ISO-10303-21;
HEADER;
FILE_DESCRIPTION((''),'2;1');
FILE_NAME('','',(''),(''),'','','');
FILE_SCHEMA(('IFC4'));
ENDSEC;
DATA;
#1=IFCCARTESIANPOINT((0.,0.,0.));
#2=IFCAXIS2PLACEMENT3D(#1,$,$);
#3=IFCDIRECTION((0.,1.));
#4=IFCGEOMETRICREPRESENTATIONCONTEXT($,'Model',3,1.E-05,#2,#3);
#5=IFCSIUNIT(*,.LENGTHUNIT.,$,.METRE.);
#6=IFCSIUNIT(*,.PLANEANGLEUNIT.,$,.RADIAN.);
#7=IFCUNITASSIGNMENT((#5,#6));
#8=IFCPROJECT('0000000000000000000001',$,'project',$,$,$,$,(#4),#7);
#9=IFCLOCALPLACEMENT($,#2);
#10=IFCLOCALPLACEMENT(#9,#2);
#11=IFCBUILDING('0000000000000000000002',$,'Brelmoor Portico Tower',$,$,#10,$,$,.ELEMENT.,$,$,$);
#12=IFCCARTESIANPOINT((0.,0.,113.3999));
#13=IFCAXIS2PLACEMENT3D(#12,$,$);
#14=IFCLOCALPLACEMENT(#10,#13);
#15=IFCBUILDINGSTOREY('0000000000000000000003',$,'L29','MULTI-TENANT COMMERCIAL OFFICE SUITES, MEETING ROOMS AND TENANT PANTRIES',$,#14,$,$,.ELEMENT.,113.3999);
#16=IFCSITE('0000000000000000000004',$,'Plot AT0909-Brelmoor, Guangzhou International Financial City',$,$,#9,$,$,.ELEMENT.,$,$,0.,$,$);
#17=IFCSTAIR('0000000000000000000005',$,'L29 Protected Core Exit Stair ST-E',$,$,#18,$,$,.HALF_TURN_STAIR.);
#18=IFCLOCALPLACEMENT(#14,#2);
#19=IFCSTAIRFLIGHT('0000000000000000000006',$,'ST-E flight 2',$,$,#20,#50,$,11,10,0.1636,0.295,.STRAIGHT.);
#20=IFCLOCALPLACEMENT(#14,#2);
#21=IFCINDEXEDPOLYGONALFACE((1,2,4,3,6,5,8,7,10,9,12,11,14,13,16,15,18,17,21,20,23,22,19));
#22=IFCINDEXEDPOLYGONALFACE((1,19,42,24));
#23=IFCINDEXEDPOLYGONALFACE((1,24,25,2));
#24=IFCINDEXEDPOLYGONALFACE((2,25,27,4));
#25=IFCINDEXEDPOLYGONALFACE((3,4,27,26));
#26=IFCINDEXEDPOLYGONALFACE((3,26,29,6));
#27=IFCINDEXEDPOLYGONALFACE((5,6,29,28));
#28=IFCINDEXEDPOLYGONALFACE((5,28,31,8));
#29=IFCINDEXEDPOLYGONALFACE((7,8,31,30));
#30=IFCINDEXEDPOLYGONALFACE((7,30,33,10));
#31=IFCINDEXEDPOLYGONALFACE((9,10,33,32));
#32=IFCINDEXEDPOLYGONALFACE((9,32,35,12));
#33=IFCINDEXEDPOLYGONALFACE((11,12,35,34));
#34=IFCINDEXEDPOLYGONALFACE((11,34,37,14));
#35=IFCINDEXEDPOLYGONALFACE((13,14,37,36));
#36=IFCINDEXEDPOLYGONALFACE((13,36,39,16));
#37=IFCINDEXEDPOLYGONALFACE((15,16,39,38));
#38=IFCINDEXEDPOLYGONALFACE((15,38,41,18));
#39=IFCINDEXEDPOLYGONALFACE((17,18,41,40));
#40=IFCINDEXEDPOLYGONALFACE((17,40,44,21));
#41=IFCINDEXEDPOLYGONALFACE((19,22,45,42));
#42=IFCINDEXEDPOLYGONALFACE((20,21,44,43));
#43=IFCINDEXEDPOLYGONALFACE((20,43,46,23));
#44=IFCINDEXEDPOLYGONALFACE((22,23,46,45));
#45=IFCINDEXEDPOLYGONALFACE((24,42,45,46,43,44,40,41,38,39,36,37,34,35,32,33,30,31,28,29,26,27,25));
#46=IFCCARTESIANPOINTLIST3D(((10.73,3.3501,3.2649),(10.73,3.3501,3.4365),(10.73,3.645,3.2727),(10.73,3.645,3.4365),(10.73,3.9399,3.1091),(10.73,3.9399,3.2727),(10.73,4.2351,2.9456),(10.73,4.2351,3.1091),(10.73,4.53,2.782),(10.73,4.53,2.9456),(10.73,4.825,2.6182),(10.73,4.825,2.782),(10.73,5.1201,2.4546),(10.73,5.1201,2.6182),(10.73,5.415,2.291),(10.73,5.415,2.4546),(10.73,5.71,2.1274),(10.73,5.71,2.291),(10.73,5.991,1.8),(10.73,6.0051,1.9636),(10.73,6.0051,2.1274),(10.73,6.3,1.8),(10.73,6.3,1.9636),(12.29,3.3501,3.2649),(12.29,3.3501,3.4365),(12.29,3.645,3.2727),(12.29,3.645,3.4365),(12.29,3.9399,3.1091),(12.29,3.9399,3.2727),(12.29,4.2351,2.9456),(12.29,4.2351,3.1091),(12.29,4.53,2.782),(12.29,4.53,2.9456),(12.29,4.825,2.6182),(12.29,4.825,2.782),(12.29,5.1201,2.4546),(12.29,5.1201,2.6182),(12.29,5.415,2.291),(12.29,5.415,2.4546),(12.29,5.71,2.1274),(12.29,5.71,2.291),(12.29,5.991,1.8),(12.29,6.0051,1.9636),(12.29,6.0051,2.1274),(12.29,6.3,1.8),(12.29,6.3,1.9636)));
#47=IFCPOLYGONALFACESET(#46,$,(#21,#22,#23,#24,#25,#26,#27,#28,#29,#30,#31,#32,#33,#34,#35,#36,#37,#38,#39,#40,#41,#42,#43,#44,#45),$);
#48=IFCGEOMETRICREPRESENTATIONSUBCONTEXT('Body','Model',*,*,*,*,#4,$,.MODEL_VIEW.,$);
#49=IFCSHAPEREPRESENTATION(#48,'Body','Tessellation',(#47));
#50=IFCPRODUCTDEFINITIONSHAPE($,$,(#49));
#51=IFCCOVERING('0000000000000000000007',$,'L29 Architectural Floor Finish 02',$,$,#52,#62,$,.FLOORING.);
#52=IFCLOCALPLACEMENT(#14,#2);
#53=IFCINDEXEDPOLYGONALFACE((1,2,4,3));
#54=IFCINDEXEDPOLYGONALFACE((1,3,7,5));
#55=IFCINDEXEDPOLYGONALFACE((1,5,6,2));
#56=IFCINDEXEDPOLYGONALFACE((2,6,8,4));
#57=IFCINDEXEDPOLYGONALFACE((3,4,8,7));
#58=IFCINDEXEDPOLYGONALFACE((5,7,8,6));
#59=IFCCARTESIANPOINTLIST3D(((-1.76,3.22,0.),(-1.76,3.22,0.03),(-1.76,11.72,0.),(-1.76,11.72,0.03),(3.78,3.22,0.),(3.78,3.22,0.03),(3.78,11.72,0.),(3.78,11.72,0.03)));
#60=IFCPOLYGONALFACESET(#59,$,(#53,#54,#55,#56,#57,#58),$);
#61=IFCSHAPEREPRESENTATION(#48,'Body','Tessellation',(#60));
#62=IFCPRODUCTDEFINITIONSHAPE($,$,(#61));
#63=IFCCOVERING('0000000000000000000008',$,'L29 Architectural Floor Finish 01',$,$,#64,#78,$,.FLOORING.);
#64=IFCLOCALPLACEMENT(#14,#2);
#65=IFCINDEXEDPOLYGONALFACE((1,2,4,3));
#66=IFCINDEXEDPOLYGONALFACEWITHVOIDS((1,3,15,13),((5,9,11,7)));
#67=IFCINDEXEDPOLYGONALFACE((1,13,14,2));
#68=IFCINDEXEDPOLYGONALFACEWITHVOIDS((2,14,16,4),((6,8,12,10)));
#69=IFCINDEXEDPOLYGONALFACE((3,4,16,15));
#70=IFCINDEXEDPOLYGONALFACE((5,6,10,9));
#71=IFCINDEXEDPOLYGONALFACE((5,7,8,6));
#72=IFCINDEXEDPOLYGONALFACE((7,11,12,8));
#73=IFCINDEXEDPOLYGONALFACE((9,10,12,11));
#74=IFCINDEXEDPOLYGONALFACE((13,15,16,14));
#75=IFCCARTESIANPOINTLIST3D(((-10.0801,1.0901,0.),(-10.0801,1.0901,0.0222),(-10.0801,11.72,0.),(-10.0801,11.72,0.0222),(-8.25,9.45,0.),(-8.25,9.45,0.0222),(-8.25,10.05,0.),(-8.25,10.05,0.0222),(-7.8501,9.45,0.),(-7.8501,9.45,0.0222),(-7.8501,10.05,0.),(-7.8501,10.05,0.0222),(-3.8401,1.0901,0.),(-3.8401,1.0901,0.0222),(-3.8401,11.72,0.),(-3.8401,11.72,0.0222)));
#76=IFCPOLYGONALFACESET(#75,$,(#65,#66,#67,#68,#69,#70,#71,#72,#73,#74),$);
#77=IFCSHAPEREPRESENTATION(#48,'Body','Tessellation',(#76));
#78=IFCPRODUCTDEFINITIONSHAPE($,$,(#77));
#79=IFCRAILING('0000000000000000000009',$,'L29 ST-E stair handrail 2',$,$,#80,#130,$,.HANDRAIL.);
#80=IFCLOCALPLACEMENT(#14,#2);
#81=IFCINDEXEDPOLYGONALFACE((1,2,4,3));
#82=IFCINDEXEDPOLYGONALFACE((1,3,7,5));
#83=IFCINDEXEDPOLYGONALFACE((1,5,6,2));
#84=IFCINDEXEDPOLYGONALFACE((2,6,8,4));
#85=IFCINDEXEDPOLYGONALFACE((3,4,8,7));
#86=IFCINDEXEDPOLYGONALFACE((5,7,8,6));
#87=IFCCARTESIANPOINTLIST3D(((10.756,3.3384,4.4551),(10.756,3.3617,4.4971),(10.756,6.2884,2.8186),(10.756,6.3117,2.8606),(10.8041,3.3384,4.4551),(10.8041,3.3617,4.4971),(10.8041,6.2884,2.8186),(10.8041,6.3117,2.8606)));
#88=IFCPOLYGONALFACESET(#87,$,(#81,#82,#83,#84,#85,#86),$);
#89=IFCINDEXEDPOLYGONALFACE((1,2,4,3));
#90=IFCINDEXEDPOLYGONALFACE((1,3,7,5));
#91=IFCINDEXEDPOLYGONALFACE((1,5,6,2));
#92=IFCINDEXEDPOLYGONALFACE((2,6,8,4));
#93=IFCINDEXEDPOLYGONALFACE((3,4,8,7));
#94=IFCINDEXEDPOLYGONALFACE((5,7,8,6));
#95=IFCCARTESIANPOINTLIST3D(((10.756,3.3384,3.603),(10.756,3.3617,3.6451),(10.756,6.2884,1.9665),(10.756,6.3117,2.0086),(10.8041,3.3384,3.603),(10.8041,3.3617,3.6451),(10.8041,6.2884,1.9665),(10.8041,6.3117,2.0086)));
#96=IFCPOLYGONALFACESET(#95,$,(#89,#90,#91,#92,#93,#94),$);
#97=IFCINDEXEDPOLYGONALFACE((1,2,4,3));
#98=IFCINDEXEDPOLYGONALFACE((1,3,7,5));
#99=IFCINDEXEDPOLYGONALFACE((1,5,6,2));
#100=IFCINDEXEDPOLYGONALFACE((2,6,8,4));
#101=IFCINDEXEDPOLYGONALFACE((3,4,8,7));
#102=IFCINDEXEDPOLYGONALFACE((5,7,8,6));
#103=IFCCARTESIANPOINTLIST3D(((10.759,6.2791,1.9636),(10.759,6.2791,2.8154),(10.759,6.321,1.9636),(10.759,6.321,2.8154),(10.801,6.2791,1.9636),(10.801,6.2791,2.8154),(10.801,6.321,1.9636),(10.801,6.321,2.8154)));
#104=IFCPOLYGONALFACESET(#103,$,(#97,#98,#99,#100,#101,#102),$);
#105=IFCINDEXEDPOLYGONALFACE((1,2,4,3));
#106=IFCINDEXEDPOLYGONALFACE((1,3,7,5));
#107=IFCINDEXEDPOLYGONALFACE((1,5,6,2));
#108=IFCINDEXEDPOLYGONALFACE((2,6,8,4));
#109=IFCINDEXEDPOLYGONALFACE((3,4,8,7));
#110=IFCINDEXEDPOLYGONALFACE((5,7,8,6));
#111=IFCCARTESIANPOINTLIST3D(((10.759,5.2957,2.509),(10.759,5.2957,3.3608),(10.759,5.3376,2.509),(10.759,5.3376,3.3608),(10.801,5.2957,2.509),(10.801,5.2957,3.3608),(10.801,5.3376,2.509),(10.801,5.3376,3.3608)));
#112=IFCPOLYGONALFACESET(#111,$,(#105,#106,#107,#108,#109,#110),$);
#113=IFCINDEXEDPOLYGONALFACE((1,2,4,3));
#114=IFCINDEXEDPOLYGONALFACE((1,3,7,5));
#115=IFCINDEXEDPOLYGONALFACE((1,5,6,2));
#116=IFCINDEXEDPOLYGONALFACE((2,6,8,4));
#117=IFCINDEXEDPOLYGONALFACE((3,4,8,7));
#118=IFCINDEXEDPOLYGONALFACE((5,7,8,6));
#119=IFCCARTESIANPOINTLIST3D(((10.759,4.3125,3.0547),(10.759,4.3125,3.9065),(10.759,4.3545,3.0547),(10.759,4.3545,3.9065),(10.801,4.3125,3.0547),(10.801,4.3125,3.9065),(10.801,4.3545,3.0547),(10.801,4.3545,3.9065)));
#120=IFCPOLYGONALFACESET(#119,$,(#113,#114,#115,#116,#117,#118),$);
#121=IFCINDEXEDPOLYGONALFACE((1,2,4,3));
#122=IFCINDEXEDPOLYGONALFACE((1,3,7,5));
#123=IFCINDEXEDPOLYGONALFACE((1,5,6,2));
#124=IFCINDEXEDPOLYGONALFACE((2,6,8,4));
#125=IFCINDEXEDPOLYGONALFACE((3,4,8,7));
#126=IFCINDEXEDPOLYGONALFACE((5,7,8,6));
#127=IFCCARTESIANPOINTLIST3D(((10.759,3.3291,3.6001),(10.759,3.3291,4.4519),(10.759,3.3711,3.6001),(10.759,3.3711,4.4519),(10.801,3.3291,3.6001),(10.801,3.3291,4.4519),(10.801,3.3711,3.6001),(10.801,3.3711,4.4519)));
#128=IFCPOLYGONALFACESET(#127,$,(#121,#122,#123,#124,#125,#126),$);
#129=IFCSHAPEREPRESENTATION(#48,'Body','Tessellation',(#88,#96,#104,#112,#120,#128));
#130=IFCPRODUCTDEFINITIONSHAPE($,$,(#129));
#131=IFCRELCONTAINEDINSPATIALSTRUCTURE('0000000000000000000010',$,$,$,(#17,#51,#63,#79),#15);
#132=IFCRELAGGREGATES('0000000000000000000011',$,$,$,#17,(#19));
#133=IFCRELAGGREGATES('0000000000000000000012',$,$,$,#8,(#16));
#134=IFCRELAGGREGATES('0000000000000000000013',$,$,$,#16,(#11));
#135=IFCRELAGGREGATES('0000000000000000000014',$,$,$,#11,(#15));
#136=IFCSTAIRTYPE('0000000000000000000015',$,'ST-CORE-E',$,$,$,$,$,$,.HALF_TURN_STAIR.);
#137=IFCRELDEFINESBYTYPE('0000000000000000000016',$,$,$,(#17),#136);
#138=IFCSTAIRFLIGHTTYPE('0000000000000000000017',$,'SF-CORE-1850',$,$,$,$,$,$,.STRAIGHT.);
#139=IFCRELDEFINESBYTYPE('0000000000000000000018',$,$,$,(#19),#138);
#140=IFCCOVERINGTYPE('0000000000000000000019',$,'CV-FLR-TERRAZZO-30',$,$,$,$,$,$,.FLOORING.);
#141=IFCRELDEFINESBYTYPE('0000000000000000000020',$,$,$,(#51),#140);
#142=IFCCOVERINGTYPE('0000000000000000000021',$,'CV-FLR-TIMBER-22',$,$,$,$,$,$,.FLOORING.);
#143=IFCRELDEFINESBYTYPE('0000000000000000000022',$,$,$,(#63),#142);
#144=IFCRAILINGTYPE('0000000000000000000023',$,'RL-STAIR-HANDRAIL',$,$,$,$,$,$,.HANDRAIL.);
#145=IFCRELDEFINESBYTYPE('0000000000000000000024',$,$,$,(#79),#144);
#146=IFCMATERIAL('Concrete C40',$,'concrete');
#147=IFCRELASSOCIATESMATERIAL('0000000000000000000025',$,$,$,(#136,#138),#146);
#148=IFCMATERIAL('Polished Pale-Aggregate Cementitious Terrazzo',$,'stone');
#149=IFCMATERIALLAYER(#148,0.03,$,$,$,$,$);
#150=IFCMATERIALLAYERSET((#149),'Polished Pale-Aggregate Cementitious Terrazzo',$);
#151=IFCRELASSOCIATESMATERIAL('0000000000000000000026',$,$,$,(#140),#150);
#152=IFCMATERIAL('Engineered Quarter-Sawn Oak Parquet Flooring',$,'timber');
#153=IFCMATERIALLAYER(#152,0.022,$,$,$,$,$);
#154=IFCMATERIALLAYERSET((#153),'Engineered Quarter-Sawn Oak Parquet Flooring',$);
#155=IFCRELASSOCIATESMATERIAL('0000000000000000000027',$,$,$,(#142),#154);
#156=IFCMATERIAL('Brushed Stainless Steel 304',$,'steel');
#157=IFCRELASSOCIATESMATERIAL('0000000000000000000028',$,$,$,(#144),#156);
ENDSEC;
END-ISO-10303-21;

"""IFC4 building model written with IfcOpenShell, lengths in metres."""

from ifc_helpers import new_model, si_unit, direction, frame, origin, origin_2d, place, context, subcontext, project, spatial, polyline, rectangle, outline, extrude, material, layer, layer_set, type_object, element, aggregate, save


model = new_model("IFC4")

# Units and contexts
model_context = context("Model", 3, precision=1e-05, world=origin(), true_north=direction((0.0, 1.0)))
body_context = subcontext(model_context, "Body", "Model", "MODEL_VIEW")
ifc_project = project(units=[si_unit("LENGTHUNIT", "METRE"), si_unit("PLANEANGLEUNIT", "RADIAN")], contexts=[model_context])

# Site, building, storey
site_placement = place(None, origin())
site = spatial("IfcSite", under=ifc_project, at=site_placement, Name="Plot AT0909-Brelmoor, Guangzhou International Financial City", CompositionType="ELEMENT", RefElevation=0.0)
building_placement = place(site_placement, origin())
building = spatial("IfcBuilding", under=site, at=building_placement, Name="Brelmoor Portico Tower", CompositionType="ELEMENT")
storey_placement = place(building_placement, frame((0.0, 0.0, 113.3999)))
storey = spatial("IfcBuildingStorey", under=building, at=storey_placement, Name="L29", Description="MULTI-TENANT COMMERCIAL OFFICE SUITES, MEETING ROOMS AND TENANT PANTRIES", CompositionType="ELEMENT", Elevation=113.3999)

# Shared definitions
ifc_material_1 = material(Name="Concrete C40", Category="concrete")

# Stair
stair_type_1 = type_object("IfcStairType", Name="ST-CORE-E", PredefinedType="HALF_TURN_STAIR", material=ifc_material_1)
stair_1_placement = place(storey_placement, origin())
stair_1 = element("IfcStair", 1, at=stair_1_placement, inside=storey, type_object=stair_type_1, Name="L29 Protected Core Exit Stair ST-E", PredefinedType="HALF_TURN_STAIR")

# Stair flight
stair_flight_type = type_object("IfcStairFlightType", Name="SF-CORE-1850", PredefinedType="STRAIGHT", material=ifc_material_1)
stair_flight_placement = place(storey_placement, frame((11.51, 6.3, 1.8), z_axis=(0.0, 0.0, 1.0), x_axis=(0.0, -1.0, 0.0)))
stair_flight = element("IfcStairFlight", 2, at=stair_flight_placement, type_object=stair_flight_type, Name="ST-E flight 2", NumberOfRisers=11, NumberOfTreads=10, PredefinedType="STRAIGHT", RiserHeight=0.1636, TreadLength=0.295, context=body_context, shape_type="SweptSolid", body=[
    extrude(outline(polyline([(0.0, 0.0), (0.0, 0.1636), (0.2949, 0.1636), (0.2949, 0.3274), (0.5901, 0.3274), (0.5901, 0.491), (0.885, 0.491), (0.885, 0.6545), (1.1799, 0.6545), (1.1799, 0.8181), (1.4751, 0.8181), (1.4751, 0.9819), (1.77, 0.9819), (1.77, 1.1455), (2.0649, 1.1455), (2.0649, 1.3091), (2.3601, 1.3091), (2.3601, 1.4727), (2.655, 1.4727), (2.655, 1.6365), (2.95, 1.6365), (2.95, 1.8), (2.95, 1.4648), (0.3091, 0.0), (0.0, 0.0)])), frame((0.0, 0.78, 0.0), z_axis=(0.0, -1.0, 0.0), x_axis=(1.0, 0.0, 0.0)), (0.0, 0.0, 1.0), 1.5601),
])
aggregate(stair_1, [stair_flight])

# Coverings
ifc_material_2 = material(Name="Polished Pale-Aggregate Cementitious Terrazzo", Category="stone")
ifc_layer_1 = layer(ifc_material_2, 0.03)
ifc_layer_set_1 = layer_set([ifc_layer_1], Name="Polished Pale-Aggregate Cementitious Terrazzo")
covering_type_1 = type_object("IfcCoveringType", Name="CV-FLR-TERRAZZO-30", PredefinedType="FLOORING", material=ifc_layer_set_1)
covering_1_placement = place(storey_placement, origin())
element("IfcCovering", 3, at=covering_1_placement, inside=storey, type_object=covering_type_1, Name="L29 Architectural Floor Finish 02", PredefinedType="FLOORING", context=body_context, shape_type="SweptSolid", body=[
    extrude(outline(polyline([(-1.76, 3.22), (-1.76, 11.72), (3.78, 11.72), (3.78, 3.22), (-1.76, 3.22)])), origin(), (0.0, 0.0, 1.0), 0.03),
])
ifc_material_3 = material(Name="Engineered Quarter-Sawn Oak Parquet Flooring", Category="timber")
ifc_layer_2 = layer(ifc_material_3, 0.022)
ifc_layer_set_2 = layer_set([ifc_layer_2], Name="Engineered Quarter-Sawn Oak Parquet Flooring")
covering_type_2 = type_object("IfcCoveringType", Name="CV-FLR-TIMBER-22", PredefinedType="FLOORING", material=ifc_layer_set_2)
covering_2_placement = place(storey_placement, origin())
element("IfcCovering", 4, at=covering_2_placement, inside=storey, type_object=covering_type_2, Name="L29 Architectural Floor Finish 01", PredefinedType="FLOORING", context=body_context, shape_type="SweptSolid", body=[
    extrude(outline(polyline([(-10.0801, 11.72), (-3.8401, 11.72), (-3.8401, 1.0901), (-10.0801, 1.0901), (-10.0801, 11.72)]), holes=[polyline([(-7.8501, 9.45), (-7.8501, 10.05), (-8.25, 10.05), (-8.25, 9.45), (-7.8501, 9.45)])]), origin(), (0.0, 0.0, 1.0), 0.0222),
])

# Railing
ifc_material_4 = material(Name="Brushed Stainless Steel 304", Category="steel")
railing_type = type_object("IfcRailingType", Name="RL-STAIR-HANDRAIL", PredefinedType="HANDRAIL", material=ifc_material_4)
railing_placement = place(storey_placement, frame((10.78, 6.3, 1.9636)))
element("IfcRailing", 5, at=railing_placement, inside=storey, type_object=railing_type, Name="L29 ST-E stair handrail 2", PredefinedType="HANDRAIL", context=body_context, shape_type="SweptSolid", body=[
    extrude(rectangle(XDim=0.0481, YDim=0.0481, at=origin_2d()), frame((0.0, 0.0, 0.876), z_axis=(0.0, -0.874458, 0.485102), x_axis=(1.0, 0.0, 0.0)), (0.0, 0.0, 1.0), 3.3735),
    extrude(rectangle(XDim=0.0481, YDim=0.0481, at=origin_2d()), frame((0.0, 0.0, 0.0239), z_axis=(0.0, -0.874458, 0.485102), x_axis=(1.0, 0.0, 0.0)), (0.0, 0.0, 1.0), 3.3735),
    extrude(rectangle(XDim=0.042, YDim=0.042, at=origin_2d()), origin(), (0.0, 0.0, 1.0), 0.8518),
    extrude(rectangle(XDim=0.042, YDim=0.042, at=origin_2d()), frame((0.0, -0.9834, 0.5454)), (0.0, 0.0, 1.0), 0.8518),
    extrude(rectangle(XDim=0.042, YDim=0.042, at=origin_2d()), frame((0.0, -1.9666, 1.0911)), (0.0, 0.0, 1.0), 0.8518),
    extrude(rectangle(XDim=0.042, YDim=0.042, at=origin_2d()), frame((0.0, -2.95, 1.6365)), (0.0, 0.0, 1.0), 0.8518),
])

save(model, "model.ifc")
